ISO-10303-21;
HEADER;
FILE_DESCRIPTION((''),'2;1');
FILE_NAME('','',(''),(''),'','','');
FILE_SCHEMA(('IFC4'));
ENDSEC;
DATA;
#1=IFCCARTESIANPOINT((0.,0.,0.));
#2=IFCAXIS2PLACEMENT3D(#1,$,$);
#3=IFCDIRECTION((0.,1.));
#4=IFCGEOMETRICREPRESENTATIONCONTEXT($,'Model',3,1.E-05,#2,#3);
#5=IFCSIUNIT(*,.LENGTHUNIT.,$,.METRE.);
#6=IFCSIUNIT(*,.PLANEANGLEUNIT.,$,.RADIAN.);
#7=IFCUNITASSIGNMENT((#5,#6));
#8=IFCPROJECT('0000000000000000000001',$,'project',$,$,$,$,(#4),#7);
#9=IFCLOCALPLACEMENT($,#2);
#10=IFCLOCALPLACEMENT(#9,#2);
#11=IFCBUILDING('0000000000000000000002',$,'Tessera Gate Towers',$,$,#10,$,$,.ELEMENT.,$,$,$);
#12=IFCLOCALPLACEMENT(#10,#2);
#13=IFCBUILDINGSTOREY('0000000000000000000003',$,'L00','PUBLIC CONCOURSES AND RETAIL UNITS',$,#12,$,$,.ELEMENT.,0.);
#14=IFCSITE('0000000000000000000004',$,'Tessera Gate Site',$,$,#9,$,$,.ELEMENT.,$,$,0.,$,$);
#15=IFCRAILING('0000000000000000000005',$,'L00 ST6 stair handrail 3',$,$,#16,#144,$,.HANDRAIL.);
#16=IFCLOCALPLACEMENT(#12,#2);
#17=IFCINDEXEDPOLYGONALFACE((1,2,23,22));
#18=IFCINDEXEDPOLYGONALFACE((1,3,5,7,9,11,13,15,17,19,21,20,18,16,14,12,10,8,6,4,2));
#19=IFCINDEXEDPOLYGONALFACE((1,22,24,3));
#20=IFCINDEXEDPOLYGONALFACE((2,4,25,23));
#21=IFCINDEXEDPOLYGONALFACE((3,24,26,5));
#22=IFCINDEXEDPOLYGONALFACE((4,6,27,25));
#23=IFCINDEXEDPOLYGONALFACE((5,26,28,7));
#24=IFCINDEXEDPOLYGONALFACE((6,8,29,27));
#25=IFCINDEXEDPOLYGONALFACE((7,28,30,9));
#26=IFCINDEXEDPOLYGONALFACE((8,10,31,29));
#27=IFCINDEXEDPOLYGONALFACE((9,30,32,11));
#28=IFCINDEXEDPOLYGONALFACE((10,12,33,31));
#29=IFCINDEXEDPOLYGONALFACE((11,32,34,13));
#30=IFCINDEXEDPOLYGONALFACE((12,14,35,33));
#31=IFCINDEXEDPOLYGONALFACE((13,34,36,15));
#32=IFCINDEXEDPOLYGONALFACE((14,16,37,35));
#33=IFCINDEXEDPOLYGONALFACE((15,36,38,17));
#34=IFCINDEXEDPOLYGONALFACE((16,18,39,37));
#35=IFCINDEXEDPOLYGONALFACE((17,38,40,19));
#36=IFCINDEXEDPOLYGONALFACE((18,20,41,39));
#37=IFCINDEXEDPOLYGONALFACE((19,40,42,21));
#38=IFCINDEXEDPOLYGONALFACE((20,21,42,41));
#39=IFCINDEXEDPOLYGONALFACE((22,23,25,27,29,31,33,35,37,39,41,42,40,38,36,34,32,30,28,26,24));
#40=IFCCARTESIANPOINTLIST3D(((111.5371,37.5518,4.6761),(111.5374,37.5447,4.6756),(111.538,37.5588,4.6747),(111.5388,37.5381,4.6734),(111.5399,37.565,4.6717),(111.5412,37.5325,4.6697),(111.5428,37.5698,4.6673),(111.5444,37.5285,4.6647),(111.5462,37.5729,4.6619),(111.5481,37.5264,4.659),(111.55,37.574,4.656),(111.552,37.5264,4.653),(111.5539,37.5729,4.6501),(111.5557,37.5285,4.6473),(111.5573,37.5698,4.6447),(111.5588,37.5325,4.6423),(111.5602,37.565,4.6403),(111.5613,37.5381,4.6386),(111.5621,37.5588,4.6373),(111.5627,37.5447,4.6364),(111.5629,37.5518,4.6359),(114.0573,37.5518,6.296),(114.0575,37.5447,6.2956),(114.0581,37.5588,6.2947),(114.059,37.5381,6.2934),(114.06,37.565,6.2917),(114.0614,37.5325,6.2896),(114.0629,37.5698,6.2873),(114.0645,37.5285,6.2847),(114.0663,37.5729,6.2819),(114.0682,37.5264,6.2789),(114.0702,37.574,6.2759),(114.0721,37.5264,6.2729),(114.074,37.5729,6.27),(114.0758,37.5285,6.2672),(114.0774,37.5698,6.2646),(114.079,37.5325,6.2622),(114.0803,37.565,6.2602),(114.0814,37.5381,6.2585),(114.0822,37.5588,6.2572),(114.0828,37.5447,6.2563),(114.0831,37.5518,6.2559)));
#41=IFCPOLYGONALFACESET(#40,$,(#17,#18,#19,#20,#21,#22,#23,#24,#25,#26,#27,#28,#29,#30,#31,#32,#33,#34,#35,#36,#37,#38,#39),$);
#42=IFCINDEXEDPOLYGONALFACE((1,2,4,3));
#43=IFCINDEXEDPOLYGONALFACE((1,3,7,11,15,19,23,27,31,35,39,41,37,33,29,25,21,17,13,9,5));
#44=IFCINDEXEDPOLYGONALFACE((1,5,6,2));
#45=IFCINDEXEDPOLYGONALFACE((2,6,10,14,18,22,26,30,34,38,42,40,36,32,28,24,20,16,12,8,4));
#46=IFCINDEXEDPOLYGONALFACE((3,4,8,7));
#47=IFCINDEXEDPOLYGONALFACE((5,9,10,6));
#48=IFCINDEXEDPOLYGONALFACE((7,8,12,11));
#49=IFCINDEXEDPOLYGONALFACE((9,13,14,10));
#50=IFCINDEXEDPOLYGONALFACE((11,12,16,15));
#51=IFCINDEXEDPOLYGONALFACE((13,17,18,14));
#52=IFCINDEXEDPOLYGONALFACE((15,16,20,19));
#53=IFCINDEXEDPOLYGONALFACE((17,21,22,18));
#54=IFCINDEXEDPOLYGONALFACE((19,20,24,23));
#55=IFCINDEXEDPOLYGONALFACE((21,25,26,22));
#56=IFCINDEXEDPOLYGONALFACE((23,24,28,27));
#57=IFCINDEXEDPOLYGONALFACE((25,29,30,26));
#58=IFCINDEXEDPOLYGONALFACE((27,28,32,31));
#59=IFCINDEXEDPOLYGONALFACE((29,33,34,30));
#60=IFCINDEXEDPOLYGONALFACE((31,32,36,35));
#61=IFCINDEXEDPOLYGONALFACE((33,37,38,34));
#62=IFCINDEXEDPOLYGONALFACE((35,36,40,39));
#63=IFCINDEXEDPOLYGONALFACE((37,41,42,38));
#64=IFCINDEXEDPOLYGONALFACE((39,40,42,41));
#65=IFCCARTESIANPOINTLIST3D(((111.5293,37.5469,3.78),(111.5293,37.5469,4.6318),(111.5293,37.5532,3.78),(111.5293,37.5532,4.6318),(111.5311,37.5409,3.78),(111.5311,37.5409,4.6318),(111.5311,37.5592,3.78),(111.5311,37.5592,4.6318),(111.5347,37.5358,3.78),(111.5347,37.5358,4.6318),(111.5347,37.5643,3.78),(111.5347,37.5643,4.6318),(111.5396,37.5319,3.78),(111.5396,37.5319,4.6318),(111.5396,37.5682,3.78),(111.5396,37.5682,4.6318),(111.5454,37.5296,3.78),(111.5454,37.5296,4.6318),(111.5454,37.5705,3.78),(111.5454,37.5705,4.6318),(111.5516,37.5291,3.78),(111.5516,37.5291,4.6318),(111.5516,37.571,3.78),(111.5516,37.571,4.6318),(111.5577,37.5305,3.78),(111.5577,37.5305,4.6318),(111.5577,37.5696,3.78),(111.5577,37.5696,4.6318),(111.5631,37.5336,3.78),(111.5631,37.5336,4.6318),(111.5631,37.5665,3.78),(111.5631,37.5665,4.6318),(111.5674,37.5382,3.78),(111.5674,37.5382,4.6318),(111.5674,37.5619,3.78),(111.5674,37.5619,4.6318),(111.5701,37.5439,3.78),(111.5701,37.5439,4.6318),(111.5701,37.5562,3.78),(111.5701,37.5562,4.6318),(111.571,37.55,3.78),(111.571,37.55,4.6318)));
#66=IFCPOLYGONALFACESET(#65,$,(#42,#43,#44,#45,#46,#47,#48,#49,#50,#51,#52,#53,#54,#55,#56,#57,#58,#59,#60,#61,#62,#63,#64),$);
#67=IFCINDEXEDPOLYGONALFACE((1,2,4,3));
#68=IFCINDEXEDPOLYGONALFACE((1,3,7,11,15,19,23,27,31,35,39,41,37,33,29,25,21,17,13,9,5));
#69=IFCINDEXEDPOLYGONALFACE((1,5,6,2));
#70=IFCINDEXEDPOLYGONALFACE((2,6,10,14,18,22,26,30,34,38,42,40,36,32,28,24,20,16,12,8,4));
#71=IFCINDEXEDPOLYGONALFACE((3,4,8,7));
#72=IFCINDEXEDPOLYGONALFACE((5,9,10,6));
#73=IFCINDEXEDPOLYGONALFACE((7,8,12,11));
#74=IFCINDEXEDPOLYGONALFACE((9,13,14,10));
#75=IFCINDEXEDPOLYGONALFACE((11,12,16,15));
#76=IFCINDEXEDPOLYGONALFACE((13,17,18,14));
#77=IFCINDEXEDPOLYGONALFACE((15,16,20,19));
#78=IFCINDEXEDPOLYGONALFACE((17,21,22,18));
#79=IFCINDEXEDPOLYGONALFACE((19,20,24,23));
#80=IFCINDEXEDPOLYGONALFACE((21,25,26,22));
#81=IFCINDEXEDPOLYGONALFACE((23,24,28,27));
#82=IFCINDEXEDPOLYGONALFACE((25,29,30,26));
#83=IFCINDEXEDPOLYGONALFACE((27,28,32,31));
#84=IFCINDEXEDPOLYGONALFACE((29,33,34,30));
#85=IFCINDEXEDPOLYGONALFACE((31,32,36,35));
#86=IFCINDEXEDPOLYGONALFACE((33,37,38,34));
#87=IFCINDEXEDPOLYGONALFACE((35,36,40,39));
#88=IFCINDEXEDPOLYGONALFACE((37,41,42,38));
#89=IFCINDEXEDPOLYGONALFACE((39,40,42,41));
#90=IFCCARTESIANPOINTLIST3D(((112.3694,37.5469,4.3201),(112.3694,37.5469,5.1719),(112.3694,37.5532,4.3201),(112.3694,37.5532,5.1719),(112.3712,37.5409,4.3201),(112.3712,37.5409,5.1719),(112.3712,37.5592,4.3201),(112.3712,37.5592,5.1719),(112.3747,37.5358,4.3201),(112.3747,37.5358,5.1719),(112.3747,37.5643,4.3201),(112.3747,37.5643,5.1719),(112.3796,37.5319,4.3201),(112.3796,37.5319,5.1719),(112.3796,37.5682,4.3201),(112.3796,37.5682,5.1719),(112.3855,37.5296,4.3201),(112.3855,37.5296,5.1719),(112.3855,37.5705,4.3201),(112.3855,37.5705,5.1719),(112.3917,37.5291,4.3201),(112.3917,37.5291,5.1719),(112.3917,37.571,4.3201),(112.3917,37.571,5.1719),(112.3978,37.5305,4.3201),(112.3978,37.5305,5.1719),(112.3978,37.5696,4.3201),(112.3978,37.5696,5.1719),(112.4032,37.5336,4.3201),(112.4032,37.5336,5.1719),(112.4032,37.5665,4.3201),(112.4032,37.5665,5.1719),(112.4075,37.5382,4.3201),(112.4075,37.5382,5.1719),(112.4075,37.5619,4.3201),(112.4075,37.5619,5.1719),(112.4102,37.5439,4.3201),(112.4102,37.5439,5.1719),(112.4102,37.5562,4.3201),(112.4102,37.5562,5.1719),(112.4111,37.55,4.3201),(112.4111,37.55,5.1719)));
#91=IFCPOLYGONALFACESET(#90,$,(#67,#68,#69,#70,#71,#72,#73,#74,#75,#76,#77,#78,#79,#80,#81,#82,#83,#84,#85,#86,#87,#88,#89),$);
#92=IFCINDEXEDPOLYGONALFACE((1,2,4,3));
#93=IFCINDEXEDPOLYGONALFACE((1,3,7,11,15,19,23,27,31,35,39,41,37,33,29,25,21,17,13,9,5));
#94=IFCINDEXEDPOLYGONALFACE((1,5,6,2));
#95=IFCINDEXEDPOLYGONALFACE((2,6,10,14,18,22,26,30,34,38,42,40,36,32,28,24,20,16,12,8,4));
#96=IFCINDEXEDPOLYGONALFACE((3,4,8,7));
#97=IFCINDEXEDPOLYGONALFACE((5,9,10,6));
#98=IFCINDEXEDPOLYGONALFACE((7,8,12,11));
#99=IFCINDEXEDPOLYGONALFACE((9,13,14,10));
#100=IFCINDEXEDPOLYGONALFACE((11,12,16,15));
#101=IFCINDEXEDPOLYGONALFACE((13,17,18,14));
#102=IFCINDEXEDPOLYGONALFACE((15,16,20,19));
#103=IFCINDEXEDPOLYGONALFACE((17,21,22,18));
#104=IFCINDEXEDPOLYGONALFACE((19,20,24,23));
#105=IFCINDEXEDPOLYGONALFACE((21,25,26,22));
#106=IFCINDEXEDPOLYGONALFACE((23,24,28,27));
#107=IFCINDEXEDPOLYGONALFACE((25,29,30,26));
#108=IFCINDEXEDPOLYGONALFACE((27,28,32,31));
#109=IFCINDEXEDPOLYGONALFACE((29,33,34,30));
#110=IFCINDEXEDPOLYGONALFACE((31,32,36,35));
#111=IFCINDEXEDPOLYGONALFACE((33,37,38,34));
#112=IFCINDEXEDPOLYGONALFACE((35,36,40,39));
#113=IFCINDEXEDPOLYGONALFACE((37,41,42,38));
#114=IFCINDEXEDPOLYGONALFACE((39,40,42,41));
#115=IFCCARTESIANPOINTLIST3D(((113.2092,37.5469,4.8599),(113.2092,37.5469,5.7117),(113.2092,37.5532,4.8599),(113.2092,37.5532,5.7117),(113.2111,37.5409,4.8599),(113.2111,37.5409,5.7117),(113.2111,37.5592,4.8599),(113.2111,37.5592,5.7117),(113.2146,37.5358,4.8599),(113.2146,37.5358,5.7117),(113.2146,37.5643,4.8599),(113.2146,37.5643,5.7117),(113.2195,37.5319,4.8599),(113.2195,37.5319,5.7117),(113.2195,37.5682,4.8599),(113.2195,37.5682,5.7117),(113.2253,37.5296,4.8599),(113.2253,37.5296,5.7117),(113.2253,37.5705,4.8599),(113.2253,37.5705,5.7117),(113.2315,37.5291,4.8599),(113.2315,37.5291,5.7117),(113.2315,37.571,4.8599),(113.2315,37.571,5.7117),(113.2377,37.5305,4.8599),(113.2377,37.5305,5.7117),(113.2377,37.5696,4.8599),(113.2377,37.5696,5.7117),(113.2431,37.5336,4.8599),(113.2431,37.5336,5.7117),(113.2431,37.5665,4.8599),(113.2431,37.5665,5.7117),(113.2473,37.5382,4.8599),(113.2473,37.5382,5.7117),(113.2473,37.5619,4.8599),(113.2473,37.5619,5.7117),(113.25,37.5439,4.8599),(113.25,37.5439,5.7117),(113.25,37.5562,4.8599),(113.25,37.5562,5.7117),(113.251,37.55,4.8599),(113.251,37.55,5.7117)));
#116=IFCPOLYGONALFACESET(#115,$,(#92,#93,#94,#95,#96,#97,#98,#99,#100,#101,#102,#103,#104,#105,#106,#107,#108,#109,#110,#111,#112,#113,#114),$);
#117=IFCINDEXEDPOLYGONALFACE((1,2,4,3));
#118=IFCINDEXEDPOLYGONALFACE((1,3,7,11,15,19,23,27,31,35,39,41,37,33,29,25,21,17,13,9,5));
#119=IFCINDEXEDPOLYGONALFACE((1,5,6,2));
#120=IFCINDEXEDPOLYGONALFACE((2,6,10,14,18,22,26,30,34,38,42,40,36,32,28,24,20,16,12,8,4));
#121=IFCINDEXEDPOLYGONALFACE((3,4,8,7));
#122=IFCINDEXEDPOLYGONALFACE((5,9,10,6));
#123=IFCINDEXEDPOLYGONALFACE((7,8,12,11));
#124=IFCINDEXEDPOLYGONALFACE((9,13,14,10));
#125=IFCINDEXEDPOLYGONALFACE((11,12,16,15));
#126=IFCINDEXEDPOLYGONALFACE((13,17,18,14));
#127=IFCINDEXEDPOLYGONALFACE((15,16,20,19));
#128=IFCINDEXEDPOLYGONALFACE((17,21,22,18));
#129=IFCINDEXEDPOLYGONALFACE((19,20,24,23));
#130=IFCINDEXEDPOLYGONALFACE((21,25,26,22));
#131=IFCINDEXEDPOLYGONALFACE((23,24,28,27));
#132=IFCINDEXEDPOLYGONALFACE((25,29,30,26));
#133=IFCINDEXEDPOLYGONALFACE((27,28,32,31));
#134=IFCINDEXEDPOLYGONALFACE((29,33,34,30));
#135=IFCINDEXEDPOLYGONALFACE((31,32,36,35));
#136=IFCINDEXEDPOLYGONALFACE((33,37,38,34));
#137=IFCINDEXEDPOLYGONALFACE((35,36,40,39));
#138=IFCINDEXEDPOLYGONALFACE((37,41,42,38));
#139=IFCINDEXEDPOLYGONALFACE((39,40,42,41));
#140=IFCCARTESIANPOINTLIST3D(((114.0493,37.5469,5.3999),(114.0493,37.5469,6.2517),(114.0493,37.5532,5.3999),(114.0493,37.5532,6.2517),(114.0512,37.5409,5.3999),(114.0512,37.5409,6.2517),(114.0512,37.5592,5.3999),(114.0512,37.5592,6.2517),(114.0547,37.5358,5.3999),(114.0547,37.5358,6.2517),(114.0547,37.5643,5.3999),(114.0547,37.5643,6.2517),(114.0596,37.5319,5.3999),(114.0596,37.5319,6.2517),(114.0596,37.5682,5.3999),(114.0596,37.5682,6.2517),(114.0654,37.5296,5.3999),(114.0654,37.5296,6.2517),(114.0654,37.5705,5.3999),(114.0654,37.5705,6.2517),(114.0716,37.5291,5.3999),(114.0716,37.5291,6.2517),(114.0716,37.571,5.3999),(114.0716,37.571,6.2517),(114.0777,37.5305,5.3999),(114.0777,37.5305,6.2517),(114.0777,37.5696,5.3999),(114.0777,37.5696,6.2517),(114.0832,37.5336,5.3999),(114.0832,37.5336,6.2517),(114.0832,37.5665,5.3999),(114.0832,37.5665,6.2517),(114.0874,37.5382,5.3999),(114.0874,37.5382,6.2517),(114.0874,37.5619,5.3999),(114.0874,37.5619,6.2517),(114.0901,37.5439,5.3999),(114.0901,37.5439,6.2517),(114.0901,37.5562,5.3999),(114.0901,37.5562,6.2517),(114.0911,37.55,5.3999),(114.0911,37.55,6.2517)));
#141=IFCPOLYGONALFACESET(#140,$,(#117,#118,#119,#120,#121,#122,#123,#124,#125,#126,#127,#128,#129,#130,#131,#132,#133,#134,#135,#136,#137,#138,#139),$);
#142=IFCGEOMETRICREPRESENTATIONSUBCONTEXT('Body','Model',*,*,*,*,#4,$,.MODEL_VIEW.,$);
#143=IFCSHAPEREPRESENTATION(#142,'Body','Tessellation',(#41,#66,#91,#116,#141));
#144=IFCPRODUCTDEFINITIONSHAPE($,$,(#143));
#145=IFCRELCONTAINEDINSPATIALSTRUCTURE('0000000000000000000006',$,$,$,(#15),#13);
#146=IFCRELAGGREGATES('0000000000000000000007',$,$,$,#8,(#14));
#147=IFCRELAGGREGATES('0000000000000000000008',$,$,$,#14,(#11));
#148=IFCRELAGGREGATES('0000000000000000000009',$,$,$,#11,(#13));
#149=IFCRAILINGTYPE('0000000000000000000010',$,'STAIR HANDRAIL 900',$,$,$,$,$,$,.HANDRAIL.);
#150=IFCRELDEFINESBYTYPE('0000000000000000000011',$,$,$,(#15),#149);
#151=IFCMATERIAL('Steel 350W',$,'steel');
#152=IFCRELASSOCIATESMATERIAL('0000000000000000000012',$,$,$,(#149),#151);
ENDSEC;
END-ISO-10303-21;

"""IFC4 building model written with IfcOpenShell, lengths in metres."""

from ifc_helpers import new_model, si_unit, direction, frame, origin, origin_2d, place, context, subcontext, project, spatial, circle, extrude, material, type_object, element, save


model = new_model("IFC4")

# Units and contexts
model_context = context("Model", 3, precision=1e-05, world=origin(), true_north=direction((0.0, 1.0)))
body_context = subcontext(model_context, "Body", "Model", "MODEL_VIEW")
ifc_project = project(units=[si_unit("LENGTHUNIT", "METRE"), si_unit("PLANEANGLEUNIT", "RADIAN")], contexts=[model_context])

# Site, building, storey
site_placement = place(None, origin())
site = spatial("IfcSite", under=ifc_project, at=site_placement, Name="Tessera Gate Site", CompositionType="ELEMENT", RefElevation=0.0)
building_placement = place(site_placement, origin())
building = spatial("IfcBuilding", under=site, at=building_placement, Name="Tessera Gate Towers", CompositionType="ELEMENT")
storey_placement = place(building_placement, origin())
storey = spatial("IfcBuildingStorey", under=building, at=storey_placement, Name="L00", Description="PUBLIC CONCOURSES AND RETAIL UNITS", CompositionType="ELEMENT", Elevation=0.0)

# Railing
ifc_material_1 = material(Name="Steel 350W", Category="steel")
railing_type_1 = type_object("IfcRailingType", Name="STAIR HANDRAIL 900", PredefinedType="HANDRAIL", material=ifc_material_1)
railing_1_placement = place(storey_placement, frame((111.55, 37.55, 3.78)))
element("IfcRailing", 1, at=railing_1_placement, inside=storey, type_object=railing_type_1, Name="L00 ST6 stair handrail 3", PredefinedType="HANDRAIL", context=body_context, shape_type="SweptSolid", body=[
    extrude(circle(Radius=0.0239, at=origin_2d()), frame((0.0, 0.0, 0.876), z_axis=(0.8412, 0.0, 0.540725), x_axis=(0.0, 1.0, 0.0)), (0.0, 0.0, 1.0), 2.9958),
    extrude(circle(Radius=0.021, at=origin_2d()), origin(), (0.0, 0.0, 1.0), 0.8518),
    extrude(circle(Radius=0.021, at=origin_2d()), frame((0.8401, 0.0, 0.54)), (0.0, 0.0, 1.0), 0.8518),
    extrude(circle(Radius=0.021, at=origin_2d()), frame((1.6799, 0.0, 1.0798)), (0.0, 0.0, 1.0), 0.8518),
    extrude(circle(Radius=0.021, at=origin_2d()), frame((2.52, 0.0, 1.6199)), (0.0, 0.0, 1.0), 0.8518),
])

save(model, "model.ifc")
